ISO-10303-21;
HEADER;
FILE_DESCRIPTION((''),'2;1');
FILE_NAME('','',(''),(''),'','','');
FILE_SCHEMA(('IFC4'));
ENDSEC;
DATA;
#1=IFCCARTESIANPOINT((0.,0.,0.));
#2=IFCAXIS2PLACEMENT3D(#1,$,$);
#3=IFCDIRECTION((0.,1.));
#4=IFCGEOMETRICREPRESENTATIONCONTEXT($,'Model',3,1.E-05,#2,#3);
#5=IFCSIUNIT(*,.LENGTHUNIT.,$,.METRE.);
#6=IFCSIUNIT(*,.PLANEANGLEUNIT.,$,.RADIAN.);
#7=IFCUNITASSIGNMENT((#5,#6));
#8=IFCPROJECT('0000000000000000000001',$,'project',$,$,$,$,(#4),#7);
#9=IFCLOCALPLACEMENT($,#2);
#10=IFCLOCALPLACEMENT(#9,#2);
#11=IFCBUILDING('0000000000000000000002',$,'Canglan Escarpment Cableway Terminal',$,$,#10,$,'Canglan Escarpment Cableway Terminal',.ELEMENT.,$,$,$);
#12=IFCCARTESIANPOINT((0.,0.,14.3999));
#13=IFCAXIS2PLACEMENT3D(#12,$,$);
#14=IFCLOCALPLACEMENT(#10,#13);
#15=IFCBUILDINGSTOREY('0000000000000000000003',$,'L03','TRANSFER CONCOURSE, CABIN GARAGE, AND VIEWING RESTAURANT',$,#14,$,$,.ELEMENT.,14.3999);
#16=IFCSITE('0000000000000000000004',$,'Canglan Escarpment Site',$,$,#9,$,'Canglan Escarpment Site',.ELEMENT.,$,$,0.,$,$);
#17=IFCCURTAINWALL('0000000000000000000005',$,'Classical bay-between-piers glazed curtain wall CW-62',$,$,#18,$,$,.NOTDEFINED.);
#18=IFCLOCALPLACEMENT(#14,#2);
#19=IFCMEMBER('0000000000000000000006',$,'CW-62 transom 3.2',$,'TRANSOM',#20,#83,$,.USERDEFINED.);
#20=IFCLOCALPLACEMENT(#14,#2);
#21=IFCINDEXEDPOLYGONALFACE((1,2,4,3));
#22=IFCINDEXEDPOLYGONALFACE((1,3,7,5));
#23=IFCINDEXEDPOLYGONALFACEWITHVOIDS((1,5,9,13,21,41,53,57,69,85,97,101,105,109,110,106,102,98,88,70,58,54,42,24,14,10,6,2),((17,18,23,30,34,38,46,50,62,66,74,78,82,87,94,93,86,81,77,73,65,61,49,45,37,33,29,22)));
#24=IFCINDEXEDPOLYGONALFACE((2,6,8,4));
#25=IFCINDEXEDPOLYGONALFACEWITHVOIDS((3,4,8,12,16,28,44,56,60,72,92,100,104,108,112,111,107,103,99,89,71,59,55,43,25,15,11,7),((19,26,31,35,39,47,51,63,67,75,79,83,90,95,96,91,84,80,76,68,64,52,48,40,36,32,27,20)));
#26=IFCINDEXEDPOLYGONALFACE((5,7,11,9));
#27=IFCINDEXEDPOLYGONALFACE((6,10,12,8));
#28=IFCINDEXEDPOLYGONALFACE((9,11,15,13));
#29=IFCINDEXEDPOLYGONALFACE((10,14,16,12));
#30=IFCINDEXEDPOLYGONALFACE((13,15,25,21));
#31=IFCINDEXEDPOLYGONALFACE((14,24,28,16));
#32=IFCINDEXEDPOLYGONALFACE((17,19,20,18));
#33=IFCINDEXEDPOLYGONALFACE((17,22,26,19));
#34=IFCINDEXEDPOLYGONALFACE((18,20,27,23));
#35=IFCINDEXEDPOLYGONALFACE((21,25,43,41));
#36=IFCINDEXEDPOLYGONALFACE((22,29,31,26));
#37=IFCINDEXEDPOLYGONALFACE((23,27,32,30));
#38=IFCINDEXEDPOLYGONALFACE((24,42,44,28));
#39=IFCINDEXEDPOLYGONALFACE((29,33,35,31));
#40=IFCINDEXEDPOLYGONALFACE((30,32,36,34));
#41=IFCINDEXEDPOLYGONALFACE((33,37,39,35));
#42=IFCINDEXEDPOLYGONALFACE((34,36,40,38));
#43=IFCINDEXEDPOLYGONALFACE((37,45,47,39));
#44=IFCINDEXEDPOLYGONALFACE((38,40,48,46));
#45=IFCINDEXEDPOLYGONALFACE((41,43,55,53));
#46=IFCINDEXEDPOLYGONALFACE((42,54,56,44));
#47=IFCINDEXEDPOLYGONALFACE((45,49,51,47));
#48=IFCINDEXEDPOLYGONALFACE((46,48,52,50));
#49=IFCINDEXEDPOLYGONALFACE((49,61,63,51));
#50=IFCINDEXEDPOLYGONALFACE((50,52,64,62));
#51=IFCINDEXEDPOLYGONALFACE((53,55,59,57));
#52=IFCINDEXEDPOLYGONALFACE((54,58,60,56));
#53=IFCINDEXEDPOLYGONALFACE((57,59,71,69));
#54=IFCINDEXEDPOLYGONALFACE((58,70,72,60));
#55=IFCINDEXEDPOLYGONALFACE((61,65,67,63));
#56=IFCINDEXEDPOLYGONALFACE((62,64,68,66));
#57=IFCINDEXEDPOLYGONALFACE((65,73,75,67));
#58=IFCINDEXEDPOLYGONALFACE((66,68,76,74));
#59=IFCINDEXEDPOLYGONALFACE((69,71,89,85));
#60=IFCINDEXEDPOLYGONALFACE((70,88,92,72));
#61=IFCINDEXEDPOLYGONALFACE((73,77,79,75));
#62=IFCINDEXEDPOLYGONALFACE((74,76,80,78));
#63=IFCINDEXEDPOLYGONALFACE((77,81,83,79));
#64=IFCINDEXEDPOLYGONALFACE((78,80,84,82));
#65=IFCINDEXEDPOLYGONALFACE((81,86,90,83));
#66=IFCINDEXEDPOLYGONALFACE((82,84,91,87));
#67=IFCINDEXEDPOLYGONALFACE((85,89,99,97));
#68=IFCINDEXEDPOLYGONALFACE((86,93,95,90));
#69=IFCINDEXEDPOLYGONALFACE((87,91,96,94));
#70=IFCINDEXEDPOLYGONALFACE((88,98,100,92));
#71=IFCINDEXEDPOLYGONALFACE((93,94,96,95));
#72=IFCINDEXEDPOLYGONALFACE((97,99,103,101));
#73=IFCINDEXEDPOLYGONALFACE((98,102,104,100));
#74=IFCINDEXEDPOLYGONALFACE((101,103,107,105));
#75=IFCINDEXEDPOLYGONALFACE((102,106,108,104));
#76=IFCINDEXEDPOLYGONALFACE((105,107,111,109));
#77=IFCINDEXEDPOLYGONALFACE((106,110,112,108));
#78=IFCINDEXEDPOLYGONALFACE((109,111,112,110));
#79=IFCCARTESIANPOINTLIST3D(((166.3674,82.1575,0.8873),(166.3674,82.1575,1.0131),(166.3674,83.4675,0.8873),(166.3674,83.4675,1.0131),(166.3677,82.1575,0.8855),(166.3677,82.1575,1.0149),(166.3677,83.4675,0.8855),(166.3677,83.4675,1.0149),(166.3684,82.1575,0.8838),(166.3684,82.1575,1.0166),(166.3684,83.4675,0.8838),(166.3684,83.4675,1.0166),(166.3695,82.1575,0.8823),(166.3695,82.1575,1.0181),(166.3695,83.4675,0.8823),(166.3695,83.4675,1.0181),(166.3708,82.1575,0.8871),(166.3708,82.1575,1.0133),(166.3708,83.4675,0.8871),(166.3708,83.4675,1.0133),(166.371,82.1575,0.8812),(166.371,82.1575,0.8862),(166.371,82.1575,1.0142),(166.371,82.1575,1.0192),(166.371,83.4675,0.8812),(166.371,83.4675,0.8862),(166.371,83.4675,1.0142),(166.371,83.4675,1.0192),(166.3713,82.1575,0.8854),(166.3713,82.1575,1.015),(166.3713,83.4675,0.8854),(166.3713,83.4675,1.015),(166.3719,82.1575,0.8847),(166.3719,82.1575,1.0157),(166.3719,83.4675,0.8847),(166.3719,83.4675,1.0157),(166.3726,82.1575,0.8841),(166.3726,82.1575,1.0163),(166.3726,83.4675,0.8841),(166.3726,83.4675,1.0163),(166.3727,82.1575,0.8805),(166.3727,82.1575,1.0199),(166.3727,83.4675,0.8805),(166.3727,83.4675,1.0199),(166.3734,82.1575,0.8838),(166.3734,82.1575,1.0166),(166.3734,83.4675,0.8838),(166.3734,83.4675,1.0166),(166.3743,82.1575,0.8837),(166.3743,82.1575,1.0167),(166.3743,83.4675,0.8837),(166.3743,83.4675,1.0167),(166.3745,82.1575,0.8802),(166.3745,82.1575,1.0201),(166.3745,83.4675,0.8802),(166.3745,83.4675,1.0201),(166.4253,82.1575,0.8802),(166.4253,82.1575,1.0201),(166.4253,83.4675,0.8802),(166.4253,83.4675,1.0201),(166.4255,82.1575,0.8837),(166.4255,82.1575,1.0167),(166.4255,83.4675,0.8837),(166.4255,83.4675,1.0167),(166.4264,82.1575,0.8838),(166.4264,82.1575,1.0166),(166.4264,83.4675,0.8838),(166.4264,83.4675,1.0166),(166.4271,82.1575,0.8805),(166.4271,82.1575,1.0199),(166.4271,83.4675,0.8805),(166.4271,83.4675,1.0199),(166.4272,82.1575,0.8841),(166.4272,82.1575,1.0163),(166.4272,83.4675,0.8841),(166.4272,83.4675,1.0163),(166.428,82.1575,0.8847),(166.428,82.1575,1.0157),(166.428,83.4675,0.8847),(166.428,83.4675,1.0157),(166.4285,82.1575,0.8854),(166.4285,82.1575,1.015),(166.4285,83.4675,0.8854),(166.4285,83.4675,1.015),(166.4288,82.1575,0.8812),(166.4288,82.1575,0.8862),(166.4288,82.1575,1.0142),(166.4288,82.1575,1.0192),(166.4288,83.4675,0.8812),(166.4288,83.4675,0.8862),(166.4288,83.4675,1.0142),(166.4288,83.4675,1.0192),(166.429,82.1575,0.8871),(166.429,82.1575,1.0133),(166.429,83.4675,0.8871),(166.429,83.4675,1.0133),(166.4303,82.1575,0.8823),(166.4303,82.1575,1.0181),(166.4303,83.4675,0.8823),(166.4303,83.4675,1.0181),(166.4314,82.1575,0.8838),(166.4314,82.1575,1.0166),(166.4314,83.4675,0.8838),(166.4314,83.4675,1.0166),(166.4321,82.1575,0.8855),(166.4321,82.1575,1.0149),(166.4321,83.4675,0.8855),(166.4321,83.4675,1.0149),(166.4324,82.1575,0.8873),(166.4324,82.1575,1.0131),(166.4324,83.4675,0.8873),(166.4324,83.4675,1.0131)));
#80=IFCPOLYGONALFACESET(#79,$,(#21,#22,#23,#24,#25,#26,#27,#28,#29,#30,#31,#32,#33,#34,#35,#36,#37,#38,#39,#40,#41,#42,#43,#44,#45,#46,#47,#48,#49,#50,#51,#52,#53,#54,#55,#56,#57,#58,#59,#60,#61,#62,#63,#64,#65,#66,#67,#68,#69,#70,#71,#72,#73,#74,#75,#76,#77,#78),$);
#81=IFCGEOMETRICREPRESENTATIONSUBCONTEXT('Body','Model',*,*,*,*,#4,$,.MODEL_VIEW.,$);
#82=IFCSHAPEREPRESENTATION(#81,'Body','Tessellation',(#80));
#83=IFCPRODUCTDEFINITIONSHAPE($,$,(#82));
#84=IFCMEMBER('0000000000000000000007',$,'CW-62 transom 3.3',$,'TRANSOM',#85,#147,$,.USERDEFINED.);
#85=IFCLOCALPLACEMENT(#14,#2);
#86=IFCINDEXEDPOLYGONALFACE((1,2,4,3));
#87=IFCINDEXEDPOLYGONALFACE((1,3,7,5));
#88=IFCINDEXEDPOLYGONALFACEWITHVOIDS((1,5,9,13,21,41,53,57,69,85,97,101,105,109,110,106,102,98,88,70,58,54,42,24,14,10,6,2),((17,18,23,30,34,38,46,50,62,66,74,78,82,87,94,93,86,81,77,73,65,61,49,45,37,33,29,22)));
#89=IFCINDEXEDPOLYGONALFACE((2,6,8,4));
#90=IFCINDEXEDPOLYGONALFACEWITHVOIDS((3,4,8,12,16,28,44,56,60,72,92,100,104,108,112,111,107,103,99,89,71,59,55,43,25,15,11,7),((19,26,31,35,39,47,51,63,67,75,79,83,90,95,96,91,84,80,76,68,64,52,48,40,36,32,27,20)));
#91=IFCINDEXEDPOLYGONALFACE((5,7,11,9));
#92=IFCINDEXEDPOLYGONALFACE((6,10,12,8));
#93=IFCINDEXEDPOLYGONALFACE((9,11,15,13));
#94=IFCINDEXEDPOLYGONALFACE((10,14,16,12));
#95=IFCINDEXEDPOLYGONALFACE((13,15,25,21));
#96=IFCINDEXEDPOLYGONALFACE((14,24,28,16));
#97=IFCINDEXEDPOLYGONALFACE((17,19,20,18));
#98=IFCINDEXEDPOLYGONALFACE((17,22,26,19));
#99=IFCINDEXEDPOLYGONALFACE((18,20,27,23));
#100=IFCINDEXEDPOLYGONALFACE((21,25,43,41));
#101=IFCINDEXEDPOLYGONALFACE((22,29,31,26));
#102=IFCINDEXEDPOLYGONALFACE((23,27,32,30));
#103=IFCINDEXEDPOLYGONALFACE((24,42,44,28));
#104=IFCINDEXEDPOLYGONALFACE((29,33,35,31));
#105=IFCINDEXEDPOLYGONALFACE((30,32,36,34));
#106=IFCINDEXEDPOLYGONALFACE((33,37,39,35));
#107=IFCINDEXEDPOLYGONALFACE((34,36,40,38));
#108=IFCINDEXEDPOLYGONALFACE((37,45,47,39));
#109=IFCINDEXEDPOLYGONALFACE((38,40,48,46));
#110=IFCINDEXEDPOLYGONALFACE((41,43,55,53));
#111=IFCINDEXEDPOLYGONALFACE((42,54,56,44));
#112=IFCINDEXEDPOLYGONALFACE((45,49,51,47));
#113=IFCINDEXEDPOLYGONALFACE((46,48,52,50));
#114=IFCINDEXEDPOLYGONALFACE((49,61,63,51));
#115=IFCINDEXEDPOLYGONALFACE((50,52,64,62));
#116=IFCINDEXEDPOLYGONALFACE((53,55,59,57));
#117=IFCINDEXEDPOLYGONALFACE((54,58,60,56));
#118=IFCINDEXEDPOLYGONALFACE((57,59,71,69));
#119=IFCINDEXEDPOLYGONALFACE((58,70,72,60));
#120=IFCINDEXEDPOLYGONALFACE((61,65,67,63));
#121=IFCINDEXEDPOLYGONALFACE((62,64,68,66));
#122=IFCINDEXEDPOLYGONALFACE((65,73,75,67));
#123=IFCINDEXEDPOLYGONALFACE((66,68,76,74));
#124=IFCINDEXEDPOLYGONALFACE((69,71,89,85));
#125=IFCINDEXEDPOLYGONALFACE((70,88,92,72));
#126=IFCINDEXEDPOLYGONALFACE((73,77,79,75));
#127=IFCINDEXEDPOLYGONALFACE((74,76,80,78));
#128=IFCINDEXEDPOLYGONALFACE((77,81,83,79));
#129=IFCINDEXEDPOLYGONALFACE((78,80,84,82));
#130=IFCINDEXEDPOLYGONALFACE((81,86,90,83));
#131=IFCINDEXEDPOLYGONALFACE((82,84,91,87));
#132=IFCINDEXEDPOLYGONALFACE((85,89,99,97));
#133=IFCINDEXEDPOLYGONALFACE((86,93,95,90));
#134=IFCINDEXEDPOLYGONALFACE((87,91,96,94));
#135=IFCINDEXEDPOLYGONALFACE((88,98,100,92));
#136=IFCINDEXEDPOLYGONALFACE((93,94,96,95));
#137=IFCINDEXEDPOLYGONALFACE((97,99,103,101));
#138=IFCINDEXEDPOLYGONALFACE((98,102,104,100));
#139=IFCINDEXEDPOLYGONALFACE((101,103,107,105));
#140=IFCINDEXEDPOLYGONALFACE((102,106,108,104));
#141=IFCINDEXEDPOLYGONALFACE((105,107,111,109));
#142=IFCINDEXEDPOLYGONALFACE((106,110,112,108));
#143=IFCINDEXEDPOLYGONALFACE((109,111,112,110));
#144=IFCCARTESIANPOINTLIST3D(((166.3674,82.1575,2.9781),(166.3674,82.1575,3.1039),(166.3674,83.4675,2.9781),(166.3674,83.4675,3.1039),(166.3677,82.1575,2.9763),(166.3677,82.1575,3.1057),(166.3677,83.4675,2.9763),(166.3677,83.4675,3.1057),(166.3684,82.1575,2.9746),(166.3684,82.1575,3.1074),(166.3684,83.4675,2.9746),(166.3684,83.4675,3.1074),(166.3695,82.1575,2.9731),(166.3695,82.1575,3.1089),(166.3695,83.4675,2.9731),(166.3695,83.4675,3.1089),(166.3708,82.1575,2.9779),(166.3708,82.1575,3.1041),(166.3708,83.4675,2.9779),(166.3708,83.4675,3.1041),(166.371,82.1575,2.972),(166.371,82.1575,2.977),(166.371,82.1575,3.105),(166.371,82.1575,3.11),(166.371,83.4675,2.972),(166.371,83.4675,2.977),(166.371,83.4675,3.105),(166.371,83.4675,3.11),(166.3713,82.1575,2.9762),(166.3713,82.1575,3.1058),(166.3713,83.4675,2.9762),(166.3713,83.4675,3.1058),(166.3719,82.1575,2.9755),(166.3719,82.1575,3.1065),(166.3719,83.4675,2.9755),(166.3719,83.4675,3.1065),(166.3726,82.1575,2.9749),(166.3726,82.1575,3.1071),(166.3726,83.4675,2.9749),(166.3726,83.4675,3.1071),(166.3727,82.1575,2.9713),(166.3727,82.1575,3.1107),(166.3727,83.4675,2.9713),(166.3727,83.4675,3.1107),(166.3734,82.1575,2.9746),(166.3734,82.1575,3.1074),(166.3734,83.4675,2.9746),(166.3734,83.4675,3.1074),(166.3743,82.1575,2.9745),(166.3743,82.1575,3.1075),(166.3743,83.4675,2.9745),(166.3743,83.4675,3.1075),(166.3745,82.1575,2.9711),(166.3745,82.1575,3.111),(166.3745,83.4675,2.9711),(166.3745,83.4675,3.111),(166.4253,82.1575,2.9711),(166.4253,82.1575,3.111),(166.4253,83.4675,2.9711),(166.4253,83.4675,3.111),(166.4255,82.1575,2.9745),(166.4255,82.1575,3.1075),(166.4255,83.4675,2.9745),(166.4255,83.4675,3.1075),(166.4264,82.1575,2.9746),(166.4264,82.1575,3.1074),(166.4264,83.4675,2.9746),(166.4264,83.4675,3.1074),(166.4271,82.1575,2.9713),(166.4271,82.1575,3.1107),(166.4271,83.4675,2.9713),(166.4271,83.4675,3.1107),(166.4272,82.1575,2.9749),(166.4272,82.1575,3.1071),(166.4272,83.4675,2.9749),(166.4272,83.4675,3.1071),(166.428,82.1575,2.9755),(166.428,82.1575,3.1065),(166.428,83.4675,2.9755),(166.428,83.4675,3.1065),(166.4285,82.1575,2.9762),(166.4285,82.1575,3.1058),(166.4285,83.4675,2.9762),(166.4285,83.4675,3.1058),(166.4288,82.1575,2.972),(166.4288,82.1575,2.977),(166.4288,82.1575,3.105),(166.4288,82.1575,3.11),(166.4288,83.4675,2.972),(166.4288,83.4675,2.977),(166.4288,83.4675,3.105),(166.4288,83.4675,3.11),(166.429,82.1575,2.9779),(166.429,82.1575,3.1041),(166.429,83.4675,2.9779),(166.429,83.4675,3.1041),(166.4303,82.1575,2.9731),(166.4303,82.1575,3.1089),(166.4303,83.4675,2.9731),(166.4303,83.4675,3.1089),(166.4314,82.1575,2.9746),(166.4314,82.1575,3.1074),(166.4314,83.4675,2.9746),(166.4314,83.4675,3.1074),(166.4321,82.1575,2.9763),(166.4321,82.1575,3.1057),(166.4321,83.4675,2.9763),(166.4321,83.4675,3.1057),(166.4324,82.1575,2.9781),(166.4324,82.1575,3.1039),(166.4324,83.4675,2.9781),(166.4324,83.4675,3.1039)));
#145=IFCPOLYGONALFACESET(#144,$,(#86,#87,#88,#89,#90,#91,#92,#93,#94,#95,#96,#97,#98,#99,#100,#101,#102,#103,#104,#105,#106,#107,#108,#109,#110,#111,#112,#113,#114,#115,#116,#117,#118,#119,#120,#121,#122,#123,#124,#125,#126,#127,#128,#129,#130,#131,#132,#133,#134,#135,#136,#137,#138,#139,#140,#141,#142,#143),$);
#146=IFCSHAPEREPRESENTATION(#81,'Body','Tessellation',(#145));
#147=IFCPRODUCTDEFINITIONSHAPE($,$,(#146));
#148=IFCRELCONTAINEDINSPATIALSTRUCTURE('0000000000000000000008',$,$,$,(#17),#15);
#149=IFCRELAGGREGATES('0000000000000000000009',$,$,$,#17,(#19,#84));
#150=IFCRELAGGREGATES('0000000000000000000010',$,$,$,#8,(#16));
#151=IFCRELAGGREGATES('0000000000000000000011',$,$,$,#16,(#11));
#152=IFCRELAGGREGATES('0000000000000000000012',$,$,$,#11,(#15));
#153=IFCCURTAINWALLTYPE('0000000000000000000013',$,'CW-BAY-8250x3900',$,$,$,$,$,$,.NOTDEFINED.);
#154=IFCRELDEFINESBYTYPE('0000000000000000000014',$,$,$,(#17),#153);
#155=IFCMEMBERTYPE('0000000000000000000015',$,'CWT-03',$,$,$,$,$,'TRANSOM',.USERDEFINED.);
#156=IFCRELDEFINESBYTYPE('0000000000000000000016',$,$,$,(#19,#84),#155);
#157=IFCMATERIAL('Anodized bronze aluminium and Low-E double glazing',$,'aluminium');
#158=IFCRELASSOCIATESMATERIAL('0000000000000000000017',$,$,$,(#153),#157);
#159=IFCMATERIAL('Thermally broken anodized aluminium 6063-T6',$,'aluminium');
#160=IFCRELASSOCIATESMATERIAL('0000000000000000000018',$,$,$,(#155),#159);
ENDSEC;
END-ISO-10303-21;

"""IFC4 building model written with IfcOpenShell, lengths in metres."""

from ifc_helpers import new_model, si_unit, direction, frame, origin, origin_2d, place, context, subcontext, project, spatial, hollow_rectangle, extrude, material, material_profile, profile_set, type_object, element, aggregate, save


model = new_model("IFC4")

# Units and contexts
model_context = context("Model", 3, precision=1e-05, world=origin(), true_north=direction((0.0, 1.0)))
body_context = subcontext(model_context, "Body", "Model", "MODEL_VIEW")
ifc_project = project(units=[si_unit("LENGTHUNIT", "METRE"), si_unit("PLANEANGLEUNIT", "RADIAN")], contexts=[model_context])

# Site, building, storey
site_placement = place(None, origin())
site = spatial("IfcSite", under=ifc_project, at=site_placement, Name="Canglan Escarpment Site", LongName="Canglan Escarpment Site", CompositionType="ELEMENT", RefElevation=0.0)
building_placement = place(site_placement, origin())
building = spatial("IfcBuilding", under=site, at=building_placement, Name="Canglan Escarpment Cableway Terminal", LongName="Canglan Escarpment Cableway Terminal", CompositionType="ELEMENT")
storey_placement = place(building_placement, frame((0.0, 0.0, 14.3999)))
storey = spatial("IfcBuildingStorey", under=building, at=storey_placement, Name="L03", Description="TRANSFER CONCOURSE, CABIN GARAGE, AND VIEWING RESTAURANT", CompositionType="ELEMENT", Elevation=14.3999)

# Curtain wall, members
ifc_material_1 = material(Name="Anodized bronze aluminium and Low-E double glazing", Category="aluminium")
curtain_wall_type = type_object("IfcCurtainWallType", Name="CW-BAY-8250x3900", PredefinedType="NOTDEFINED", material=ifc_material_1)
curtain_wall_placement = place(storey_placement, origin())
curtain_wall = element("IfcCurtainWall", 1, at=curtain_wall_placement, inside=storey, type_object=curtain_wall_type, Name="Classical bay-between-piers glazed curtain wall CW-62", PredefinedType="NOTDEFINED")
ifc_material_2 = material(Name="Thermally broken anodized aluminium 6063-T6", Category="aluminium")
ifc_material_profile_1 = material_profile(ifc_material_2, hollow_rectangle(XDim=0.0649, YDim=0.1399, WallThickness=0.0034, InnerFilletRadius=0.0034, OuterFilletRadius=0.0071, at=origin_2d()), Name="ALU-TRAN 65x140x3.5")
ifc_profile_set_1 = profile_set([ifc_material_profile_1], Name="Thermally broken anodized aluminium 6063-T6")
member_type_1 = type_object("IfcMemberType", Name="CWT-03", ElementType="TRANSOM", PredefinedType="USERDEFINED", material=ifc_profile_set_1)
member_1_placement = place(storey_placement, frame((166.3999, 82.1575, 0.9502), z_axis=(0.0, 1.0, 0.0), x_axis=(-1.0, 0.0, 0.0)))
member_1 = element("IfcMember", 2, at=member_1_placement, type_object=member_type_1, Name="CW-62 transom 3.2", ObjectType="TRANSOM", PredefinedType="USERDEFINED", context=body_context, shape_type="SweptSolid", body=[
    extrude(hollow_rectangle(XDim=0.0649, YDim=0.1399, WallThickness=0.0034, InnerFilletRadius=0.0034, OuterFilletRadius=0.0071, at=origin_2d()), origin(), (0.0, 0.0, 1.0), 1.3101),
])
member_2_placement = place(storey_placement, frame((166.3999, 82.1575, 3.041), z_axis=(0.0, 1.0, 0.0), x_axis=(-1.0, 0.0, 0.0)))
member_2 = element("IfcMember", 3, at=member_2_placement, type_object=member_type_1, Name="CW-62 transom 3.3", ObjectType="TRANSOM", PredefinedType="USERDEFINED", context=body_context, shape_type="SweptSolid", body=[
    extrude(hollow_rectangle(XDim=0.0649, YDim=0.1399, WallThickness=0.0034, InnerFilletRadius=0.0034, OuterFilletRadius=0.0071, at=origin_2d()), origin(), (0.0, 0.0, 1.0), 1.3101),
])
aggregate(curtain_wall, [member_1, member_2])

save(model, "model.ifc")
